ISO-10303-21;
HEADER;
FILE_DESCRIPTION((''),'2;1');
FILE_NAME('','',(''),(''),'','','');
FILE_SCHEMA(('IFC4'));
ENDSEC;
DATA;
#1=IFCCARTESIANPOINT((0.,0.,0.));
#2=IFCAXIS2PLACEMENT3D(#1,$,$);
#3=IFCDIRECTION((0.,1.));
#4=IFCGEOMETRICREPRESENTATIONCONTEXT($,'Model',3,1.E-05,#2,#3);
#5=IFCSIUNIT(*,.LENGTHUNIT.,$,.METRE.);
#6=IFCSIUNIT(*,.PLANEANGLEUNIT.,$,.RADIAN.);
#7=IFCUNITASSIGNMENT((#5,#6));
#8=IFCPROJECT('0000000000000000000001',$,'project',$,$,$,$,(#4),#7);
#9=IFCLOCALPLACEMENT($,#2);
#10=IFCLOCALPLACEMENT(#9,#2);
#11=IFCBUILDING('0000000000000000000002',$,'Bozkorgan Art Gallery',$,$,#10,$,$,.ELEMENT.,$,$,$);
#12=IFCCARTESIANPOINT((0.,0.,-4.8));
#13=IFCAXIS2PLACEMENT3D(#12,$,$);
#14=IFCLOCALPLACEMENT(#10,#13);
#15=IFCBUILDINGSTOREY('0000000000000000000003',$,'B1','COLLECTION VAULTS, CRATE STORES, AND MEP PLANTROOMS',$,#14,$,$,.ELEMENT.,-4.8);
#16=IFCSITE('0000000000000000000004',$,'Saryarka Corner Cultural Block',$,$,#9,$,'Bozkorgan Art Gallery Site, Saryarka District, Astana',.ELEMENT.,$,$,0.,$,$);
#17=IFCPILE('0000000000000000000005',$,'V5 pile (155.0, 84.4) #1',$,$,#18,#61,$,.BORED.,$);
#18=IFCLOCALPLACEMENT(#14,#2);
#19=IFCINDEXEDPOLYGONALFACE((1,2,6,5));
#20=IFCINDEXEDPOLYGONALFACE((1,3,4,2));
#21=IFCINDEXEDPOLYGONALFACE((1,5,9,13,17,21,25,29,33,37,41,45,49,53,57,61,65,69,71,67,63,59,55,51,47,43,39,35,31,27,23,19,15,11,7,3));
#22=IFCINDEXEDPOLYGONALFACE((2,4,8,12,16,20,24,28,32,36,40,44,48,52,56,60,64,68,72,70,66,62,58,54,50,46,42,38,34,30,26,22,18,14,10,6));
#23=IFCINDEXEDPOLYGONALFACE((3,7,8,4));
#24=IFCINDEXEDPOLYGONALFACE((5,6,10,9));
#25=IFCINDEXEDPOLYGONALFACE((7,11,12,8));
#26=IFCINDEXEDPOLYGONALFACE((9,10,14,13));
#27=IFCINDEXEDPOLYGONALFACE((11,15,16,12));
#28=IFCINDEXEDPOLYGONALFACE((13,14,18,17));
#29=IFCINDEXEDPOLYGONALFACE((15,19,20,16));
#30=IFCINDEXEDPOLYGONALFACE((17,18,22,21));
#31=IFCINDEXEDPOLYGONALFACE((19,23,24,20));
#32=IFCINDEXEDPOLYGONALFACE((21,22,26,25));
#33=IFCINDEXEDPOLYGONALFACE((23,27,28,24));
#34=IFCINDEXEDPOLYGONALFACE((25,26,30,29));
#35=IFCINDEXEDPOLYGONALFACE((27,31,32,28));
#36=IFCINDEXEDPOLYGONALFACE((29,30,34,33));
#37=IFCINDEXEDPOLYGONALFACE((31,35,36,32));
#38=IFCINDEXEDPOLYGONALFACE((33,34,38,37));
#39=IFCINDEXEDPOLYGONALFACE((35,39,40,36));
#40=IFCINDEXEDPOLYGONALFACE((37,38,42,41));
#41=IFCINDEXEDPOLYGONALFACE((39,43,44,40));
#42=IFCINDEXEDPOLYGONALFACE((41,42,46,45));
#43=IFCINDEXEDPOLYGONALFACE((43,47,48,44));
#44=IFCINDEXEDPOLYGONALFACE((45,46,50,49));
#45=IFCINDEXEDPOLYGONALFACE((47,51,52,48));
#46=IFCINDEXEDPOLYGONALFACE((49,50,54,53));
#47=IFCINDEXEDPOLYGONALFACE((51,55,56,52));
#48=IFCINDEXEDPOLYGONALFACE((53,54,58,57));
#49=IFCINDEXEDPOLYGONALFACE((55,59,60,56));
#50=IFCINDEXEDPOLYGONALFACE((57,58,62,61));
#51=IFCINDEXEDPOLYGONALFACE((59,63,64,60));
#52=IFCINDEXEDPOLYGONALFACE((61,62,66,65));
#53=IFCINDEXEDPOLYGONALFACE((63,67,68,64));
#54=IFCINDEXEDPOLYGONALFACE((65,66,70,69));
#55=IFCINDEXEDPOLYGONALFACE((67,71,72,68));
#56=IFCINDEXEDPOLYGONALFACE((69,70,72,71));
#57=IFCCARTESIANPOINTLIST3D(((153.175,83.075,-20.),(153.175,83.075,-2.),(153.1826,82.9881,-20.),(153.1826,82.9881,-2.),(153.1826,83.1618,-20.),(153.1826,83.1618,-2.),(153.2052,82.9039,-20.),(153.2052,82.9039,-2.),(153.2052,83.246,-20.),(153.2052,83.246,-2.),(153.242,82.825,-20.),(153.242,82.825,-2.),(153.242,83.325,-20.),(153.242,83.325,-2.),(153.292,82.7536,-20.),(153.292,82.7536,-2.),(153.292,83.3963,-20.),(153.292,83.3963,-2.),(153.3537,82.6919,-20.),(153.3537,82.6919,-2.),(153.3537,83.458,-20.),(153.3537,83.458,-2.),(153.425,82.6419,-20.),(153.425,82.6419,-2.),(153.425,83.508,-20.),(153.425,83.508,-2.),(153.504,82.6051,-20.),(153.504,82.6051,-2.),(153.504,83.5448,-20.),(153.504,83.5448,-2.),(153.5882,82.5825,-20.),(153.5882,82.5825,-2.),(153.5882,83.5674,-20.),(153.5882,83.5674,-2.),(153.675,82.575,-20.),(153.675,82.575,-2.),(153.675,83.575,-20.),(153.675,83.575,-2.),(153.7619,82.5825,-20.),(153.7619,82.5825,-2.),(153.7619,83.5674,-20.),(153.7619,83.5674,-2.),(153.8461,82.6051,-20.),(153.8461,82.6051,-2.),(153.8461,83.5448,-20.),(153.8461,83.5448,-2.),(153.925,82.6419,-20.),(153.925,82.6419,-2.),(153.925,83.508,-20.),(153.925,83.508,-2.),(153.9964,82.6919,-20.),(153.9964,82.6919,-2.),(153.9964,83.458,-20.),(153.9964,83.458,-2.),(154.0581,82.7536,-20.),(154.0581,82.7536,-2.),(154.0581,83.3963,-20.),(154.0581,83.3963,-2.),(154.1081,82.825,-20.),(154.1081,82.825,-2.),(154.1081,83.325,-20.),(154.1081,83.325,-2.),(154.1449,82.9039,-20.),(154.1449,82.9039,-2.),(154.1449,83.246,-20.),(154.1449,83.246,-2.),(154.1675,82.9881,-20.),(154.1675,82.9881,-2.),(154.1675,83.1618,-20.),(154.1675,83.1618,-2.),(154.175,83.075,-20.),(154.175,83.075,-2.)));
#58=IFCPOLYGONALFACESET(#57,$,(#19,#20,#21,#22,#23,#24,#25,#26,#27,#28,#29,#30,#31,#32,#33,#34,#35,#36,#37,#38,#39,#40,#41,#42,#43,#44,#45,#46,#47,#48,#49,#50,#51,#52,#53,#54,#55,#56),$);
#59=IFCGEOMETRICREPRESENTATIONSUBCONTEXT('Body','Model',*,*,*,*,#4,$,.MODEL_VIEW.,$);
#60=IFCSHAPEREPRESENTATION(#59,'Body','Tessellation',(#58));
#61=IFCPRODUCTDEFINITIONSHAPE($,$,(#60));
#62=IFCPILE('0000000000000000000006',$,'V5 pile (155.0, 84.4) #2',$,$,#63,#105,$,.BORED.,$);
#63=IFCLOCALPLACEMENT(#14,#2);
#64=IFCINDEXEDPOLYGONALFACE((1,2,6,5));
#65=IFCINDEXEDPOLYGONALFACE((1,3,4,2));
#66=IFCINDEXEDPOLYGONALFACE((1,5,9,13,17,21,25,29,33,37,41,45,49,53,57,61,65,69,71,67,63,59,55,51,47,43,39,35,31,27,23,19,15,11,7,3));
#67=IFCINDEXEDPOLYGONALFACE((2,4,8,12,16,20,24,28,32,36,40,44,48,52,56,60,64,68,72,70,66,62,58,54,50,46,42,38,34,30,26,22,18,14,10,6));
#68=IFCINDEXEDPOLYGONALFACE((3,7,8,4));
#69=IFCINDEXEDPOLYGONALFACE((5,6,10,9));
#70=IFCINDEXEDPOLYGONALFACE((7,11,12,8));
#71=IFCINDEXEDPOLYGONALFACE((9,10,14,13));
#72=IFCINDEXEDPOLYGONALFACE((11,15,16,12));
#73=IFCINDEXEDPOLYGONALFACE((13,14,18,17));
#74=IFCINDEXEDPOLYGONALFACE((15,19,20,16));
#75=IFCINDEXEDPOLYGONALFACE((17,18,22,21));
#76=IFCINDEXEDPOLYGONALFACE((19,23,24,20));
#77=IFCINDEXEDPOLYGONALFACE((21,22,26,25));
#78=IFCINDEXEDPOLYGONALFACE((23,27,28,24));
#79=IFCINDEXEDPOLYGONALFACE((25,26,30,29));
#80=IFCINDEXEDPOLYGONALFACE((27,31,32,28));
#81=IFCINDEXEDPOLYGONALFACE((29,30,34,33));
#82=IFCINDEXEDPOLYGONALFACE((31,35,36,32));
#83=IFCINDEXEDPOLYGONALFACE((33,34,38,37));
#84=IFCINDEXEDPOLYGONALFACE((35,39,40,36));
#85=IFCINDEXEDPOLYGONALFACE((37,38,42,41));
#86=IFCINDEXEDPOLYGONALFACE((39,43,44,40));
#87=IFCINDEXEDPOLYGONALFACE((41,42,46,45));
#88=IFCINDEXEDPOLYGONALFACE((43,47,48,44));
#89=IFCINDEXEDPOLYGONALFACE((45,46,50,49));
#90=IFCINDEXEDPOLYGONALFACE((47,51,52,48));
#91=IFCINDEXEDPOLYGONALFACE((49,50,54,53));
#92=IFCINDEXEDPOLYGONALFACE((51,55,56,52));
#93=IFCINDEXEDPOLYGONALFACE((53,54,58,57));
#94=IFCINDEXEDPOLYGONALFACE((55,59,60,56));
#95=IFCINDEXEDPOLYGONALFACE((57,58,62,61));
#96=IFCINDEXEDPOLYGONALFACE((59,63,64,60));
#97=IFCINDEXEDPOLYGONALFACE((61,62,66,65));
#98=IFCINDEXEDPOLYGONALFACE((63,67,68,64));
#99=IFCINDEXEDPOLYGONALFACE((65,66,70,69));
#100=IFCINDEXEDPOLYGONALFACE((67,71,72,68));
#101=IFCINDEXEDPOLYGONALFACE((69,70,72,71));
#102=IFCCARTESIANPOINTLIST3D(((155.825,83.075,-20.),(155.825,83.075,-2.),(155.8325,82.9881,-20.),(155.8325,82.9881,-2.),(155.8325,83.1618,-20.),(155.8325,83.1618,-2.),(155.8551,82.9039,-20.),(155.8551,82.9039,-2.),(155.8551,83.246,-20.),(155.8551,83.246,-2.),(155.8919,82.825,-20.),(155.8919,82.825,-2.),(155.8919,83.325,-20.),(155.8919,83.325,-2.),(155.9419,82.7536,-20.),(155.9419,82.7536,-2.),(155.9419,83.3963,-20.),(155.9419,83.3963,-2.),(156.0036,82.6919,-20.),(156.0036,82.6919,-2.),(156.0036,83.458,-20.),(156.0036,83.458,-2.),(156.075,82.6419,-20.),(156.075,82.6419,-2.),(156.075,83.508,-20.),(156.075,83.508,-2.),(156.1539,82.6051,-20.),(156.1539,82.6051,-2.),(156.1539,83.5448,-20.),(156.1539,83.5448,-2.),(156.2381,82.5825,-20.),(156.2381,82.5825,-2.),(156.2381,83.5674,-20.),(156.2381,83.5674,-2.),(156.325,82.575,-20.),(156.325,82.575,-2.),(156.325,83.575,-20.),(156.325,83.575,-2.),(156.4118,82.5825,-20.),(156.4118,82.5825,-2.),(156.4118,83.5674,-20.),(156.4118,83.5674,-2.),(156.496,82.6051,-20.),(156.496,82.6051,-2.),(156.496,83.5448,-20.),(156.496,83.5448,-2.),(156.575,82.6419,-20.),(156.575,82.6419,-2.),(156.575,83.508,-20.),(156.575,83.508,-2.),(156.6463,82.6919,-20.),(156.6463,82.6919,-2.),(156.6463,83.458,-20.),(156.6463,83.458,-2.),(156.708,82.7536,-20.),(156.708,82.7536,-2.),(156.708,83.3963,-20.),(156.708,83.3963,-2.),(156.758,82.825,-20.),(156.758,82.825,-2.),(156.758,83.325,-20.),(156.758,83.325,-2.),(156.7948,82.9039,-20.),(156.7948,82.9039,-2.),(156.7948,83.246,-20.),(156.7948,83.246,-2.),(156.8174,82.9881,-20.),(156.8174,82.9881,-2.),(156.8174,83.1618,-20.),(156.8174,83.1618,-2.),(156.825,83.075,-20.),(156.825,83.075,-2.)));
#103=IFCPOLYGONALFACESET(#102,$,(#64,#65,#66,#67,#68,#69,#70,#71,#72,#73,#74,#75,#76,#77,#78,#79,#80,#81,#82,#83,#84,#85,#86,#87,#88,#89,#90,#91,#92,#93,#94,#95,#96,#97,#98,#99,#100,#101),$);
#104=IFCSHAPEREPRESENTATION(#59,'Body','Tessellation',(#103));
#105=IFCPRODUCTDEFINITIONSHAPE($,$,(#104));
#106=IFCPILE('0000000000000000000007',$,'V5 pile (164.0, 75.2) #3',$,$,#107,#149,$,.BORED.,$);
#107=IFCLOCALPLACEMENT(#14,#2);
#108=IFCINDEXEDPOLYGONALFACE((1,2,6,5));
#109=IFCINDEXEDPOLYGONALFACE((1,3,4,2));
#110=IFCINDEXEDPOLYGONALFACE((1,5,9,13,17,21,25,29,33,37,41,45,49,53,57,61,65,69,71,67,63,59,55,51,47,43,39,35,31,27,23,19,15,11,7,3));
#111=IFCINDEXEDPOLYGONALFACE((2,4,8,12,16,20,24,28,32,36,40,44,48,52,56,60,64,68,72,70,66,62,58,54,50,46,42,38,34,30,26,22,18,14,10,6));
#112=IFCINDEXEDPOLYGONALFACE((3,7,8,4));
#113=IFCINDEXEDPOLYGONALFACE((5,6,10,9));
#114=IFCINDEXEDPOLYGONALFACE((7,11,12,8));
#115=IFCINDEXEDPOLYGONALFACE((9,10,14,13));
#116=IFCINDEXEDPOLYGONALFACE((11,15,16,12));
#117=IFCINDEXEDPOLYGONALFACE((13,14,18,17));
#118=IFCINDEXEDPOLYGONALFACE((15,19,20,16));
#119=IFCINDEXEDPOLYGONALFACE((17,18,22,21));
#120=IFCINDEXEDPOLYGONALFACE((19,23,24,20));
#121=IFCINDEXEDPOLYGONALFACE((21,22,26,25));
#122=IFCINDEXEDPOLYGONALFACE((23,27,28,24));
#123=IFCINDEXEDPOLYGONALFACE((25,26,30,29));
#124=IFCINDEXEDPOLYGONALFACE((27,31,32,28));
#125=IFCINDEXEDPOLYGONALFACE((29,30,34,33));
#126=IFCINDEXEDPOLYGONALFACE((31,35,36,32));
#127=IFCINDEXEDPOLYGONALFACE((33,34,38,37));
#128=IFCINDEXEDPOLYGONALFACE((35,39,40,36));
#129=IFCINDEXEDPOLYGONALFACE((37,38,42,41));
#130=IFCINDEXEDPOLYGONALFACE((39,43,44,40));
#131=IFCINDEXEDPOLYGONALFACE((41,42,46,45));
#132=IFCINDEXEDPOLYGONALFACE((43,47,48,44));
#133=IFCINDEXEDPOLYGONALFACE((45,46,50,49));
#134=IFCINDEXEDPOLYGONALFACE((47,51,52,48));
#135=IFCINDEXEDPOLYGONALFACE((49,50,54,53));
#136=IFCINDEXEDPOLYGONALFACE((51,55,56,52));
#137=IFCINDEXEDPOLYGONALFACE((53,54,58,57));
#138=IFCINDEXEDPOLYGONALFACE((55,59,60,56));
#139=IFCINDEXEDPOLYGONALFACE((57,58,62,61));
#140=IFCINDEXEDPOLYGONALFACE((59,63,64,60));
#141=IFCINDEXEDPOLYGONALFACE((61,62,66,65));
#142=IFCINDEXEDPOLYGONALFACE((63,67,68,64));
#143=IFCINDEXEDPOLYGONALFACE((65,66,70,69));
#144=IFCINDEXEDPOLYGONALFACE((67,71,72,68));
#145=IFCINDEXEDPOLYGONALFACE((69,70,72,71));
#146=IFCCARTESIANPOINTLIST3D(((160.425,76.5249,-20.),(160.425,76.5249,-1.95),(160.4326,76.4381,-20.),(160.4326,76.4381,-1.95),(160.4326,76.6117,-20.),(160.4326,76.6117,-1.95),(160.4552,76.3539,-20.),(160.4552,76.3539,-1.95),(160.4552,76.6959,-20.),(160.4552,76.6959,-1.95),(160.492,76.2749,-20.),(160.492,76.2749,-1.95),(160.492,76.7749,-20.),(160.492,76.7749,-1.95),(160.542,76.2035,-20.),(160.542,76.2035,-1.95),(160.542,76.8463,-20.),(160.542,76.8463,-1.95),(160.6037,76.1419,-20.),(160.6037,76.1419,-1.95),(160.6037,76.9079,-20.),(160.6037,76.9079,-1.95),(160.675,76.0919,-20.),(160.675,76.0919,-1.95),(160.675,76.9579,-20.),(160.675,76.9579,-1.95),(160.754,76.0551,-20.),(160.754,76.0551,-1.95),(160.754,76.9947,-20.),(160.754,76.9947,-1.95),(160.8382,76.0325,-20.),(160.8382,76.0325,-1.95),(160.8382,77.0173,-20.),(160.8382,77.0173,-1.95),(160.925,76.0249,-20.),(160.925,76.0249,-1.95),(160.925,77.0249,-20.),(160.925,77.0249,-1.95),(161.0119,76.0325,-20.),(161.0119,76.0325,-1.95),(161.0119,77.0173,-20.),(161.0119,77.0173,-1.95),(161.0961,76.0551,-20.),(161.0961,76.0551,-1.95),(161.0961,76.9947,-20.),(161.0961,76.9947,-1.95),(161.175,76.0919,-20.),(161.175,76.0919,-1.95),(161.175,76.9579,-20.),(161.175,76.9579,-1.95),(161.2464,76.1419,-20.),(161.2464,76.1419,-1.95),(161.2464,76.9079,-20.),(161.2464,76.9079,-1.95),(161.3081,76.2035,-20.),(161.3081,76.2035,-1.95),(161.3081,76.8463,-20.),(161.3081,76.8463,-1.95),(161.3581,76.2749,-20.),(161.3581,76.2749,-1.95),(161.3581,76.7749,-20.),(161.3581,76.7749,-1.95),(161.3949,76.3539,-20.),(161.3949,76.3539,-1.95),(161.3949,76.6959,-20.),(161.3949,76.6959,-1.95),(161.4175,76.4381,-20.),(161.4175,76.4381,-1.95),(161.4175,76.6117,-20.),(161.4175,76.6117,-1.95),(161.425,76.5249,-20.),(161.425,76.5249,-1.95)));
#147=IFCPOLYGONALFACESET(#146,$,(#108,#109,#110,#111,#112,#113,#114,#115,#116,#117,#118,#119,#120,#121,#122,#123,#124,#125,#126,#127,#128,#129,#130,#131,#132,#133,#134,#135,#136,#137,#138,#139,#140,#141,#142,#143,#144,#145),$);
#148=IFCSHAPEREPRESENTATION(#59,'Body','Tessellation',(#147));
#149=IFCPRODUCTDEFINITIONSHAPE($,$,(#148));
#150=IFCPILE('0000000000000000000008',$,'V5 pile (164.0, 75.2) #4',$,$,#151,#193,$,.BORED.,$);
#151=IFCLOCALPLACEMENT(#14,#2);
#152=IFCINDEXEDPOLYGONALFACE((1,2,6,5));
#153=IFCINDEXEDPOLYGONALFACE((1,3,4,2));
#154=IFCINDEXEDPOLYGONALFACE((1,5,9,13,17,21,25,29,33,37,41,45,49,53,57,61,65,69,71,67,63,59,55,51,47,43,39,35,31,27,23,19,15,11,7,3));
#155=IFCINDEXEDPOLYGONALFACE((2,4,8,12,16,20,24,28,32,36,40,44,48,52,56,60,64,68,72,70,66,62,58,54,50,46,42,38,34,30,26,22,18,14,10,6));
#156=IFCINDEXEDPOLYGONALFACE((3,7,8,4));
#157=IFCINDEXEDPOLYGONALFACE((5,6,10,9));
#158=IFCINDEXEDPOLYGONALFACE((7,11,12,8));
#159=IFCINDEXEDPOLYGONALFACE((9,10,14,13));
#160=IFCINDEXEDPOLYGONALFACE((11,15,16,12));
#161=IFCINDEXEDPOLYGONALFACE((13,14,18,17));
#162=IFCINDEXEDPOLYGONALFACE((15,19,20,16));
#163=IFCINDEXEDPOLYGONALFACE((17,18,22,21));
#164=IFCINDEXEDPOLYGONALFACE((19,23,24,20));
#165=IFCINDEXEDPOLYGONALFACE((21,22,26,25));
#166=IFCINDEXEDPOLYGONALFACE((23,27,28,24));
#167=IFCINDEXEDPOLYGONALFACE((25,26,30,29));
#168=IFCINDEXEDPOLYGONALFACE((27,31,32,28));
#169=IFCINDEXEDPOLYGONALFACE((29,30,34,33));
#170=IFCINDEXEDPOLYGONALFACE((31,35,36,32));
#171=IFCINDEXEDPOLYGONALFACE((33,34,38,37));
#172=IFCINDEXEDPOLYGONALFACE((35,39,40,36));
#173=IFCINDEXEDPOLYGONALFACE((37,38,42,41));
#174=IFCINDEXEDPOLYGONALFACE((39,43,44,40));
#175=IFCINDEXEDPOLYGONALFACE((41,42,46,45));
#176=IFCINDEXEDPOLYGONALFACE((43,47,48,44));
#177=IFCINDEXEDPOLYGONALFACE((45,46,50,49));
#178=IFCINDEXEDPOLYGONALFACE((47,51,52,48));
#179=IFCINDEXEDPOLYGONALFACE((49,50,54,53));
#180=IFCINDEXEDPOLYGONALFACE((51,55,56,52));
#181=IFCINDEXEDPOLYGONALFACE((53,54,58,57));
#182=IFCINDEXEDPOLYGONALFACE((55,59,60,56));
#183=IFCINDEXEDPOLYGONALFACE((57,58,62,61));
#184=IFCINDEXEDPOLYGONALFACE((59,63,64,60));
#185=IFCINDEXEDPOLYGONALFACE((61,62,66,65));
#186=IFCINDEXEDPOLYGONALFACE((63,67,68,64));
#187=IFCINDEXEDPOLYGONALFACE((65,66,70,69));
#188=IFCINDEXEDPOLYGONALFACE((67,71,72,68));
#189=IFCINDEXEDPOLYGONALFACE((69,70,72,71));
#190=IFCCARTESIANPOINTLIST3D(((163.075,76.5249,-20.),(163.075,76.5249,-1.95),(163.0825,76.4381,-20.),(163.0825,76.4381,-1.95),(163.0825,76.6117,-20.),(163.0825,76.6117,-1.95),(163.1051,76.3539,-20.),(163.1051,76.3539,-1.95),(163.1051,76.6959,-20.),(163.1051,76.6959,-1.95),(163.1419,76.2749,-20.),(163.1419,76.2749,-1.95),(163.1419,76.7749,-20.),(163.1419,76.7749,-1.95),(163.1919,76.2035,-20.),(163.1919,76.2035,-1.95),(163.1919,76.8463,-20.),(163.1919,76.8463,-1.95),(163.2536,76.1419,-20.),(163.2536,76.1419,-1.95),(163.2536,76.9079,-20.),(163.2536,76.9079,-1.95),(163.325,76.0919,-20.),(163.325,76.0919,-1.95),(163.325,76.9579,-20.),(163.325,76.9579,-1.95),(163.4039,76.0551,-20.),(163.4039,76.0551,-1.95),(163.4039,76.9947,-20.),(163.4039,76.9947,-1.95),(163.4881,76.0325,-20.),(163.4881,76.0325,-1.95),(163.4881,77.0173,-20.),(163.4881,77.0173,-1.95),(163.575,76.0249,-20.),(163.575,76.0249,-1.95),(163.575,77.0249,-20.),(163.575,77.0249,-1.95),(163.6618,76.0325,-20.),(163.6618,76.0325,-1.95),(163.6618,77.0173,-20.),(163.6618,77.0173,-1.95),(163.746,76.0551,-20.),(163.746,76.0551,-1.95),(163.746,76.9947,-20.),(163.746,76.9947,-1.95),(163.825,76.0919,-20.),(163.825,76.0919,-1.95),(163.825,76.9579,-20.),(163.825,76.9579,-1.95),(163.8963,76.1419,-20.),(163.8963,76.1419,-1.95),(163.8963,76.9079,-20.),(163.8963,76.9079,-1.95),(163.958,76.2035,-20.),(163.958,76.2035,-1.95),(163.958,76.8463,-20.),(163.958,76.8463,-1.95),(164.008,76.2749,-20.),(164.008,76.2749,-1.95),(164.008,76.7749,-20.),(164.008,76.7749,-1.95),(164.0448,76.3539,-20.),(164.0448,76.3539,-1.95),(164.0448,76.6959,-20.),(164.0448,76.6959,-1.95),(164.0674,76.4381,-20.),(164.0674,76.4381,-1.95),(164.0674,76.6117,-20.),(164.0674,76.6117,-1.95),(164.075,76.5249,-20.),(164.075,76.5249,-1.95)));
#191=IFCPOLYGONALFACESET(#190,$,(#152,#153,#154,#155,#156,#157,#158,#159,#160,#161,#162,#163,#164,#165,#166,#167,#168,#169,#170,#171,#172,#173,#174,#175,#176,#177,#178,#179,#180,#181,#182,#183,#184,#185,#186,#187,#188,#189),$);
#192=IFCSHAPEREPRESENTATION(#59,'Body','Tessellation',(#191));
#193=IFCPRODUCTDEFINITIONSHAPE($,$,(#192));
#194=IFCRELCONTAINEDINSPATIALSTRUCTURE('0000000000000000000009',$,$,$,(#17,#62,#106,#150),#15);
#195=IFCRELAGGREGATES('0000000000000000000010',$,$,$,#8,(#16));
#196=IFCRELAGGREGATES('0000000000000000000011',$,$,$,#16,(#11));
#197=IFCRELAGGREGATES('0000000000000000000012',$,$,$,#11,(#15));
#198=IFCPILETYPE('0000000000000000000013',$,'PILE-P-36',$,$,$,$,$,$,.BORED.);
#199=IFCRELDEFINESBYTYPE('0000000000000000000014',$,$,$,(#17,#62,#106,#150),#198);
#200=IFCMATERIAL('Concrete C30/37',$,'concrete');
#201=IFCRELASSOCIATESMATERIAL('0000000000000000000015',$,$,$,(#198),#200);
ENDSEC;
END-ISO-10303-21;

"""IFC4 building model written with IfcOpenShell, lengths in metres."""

from ifc_helpers import new_model, si_unit, direction, frame, origin, origin_2d, place, context, subcontext, project, spatial, circle, extrude, material, material_profile, profile_set, type_object, element, save


model = new_model("IFC4")

# Units and contexts
model_context = context("Model", 3, precision=1e-05, world=origin(), true_north=direction((0.0, 1.0)))
body_context = subcontext(model_context, "Body", "Model", "MODEL_VIEW")
ifc_project = project(units=[si_unit("LENGTHUNIT", "METRE"), si_unit("PLANEANGLEUNIT", "RADIAN")], contexts=[model_context])

# Site, building, storey
site_placement = place(None, origin())
site = spatial("IfcSite", under=ifc_project, at=site_placement, Name="Saryarka Corner Cultural Block", LongName="Bozkorgan Art Gallery Site, Saryarka District, Astana", CompositionType="ELEMENT", RefElevation=0.0)
building_placement = place(site_placement, origin())
building = spatial("IfcBuilding", under=site, at=building_placement, Name="Bozkorgan Art Gallery", CompositionType="ELEMENT")
storey_placement = place(building_placement, frame((0.0, 0.0, -4.8)))
storey = spatial("IfcBuildingStorey", under=building, at=storey_placement, Name="B1", Description="COLLECTION VAULTS, CRATE STORES, AND MEP PLANTROOMS", CompositionType="ELEMENT", Elevation=-4.8)

# Shared definitions
ifc_material_1 = material(Name="Concrete C30/37", Category="concrete")

# Piles
ifc_material_profile_1 = material_profile(ifc_material_1, circle(Radius=0.5, at=origin_2d()), Name="PILE D1000")
ifc_profile_set_1 = profile_set([ifc_material_profile_1], Name="Concrete C30/37")
pile_type = type_object("IfcPileType", Name="PILE-P-36", PredefinedType="BORED", material=ifc_profile_set_1)
for number, where, z_axis, x_axis, name in (
    (1, (153.675, 83.075, -2.0), (0.0, 0.0, -1.0), (1.0, 0.0, 0.0), "V5 pile (155.0, 84.4) #1"),
    (2, (156.325, 83.075, -2.0), (0.0, 0.0, -1.0), (1.0, 0.0, 0.0), "V5 pile (155.0, 84.4) #2"),
):
    element("IfcPile", number, at=place(storey_placement, frame(where, z_axis=z_axis, x_axis=x_axis)), inside=storey, type_object=pile_type, Name=name, PredefinedType="BORED", context=body_context, shape_type="SweptSolid", body=[
        extrude(circle(Radius=0.5, at=origin_2d()), origin(), (0.0, 0.0, 1.0), 18.0),
    ])
for number, where, z_axis, x_axis, name in (
    (3, (160.925, 76.5249, -1.95), (0.0, 0.0, -1.0), (1.0, 0.0, 0.0), "V5 pile (164.0, 75.2) #3"),
    (4, (163.575, 76.5249, -1.95), (0.0, 0.0, -1.0), (1.0, 0.0, 0.0), "V5 pile (164.0, 75.2) #4"),
):
    element("IfcPile", number, at=place(storey_placement, frame(where, z_axis=z_axis, x_axis=x_axis)), inside=storey, type_object=pile_type, Name=name, PredefinedType="BORED", context=body_context, shape_type="SweptSolid", body=[
        extrude(circle(Radius=0.5, at=origin_2d()), origin(), (0.0, 0.0, 1.0), 18.05),
    ])

save(model, "model.ifc")
